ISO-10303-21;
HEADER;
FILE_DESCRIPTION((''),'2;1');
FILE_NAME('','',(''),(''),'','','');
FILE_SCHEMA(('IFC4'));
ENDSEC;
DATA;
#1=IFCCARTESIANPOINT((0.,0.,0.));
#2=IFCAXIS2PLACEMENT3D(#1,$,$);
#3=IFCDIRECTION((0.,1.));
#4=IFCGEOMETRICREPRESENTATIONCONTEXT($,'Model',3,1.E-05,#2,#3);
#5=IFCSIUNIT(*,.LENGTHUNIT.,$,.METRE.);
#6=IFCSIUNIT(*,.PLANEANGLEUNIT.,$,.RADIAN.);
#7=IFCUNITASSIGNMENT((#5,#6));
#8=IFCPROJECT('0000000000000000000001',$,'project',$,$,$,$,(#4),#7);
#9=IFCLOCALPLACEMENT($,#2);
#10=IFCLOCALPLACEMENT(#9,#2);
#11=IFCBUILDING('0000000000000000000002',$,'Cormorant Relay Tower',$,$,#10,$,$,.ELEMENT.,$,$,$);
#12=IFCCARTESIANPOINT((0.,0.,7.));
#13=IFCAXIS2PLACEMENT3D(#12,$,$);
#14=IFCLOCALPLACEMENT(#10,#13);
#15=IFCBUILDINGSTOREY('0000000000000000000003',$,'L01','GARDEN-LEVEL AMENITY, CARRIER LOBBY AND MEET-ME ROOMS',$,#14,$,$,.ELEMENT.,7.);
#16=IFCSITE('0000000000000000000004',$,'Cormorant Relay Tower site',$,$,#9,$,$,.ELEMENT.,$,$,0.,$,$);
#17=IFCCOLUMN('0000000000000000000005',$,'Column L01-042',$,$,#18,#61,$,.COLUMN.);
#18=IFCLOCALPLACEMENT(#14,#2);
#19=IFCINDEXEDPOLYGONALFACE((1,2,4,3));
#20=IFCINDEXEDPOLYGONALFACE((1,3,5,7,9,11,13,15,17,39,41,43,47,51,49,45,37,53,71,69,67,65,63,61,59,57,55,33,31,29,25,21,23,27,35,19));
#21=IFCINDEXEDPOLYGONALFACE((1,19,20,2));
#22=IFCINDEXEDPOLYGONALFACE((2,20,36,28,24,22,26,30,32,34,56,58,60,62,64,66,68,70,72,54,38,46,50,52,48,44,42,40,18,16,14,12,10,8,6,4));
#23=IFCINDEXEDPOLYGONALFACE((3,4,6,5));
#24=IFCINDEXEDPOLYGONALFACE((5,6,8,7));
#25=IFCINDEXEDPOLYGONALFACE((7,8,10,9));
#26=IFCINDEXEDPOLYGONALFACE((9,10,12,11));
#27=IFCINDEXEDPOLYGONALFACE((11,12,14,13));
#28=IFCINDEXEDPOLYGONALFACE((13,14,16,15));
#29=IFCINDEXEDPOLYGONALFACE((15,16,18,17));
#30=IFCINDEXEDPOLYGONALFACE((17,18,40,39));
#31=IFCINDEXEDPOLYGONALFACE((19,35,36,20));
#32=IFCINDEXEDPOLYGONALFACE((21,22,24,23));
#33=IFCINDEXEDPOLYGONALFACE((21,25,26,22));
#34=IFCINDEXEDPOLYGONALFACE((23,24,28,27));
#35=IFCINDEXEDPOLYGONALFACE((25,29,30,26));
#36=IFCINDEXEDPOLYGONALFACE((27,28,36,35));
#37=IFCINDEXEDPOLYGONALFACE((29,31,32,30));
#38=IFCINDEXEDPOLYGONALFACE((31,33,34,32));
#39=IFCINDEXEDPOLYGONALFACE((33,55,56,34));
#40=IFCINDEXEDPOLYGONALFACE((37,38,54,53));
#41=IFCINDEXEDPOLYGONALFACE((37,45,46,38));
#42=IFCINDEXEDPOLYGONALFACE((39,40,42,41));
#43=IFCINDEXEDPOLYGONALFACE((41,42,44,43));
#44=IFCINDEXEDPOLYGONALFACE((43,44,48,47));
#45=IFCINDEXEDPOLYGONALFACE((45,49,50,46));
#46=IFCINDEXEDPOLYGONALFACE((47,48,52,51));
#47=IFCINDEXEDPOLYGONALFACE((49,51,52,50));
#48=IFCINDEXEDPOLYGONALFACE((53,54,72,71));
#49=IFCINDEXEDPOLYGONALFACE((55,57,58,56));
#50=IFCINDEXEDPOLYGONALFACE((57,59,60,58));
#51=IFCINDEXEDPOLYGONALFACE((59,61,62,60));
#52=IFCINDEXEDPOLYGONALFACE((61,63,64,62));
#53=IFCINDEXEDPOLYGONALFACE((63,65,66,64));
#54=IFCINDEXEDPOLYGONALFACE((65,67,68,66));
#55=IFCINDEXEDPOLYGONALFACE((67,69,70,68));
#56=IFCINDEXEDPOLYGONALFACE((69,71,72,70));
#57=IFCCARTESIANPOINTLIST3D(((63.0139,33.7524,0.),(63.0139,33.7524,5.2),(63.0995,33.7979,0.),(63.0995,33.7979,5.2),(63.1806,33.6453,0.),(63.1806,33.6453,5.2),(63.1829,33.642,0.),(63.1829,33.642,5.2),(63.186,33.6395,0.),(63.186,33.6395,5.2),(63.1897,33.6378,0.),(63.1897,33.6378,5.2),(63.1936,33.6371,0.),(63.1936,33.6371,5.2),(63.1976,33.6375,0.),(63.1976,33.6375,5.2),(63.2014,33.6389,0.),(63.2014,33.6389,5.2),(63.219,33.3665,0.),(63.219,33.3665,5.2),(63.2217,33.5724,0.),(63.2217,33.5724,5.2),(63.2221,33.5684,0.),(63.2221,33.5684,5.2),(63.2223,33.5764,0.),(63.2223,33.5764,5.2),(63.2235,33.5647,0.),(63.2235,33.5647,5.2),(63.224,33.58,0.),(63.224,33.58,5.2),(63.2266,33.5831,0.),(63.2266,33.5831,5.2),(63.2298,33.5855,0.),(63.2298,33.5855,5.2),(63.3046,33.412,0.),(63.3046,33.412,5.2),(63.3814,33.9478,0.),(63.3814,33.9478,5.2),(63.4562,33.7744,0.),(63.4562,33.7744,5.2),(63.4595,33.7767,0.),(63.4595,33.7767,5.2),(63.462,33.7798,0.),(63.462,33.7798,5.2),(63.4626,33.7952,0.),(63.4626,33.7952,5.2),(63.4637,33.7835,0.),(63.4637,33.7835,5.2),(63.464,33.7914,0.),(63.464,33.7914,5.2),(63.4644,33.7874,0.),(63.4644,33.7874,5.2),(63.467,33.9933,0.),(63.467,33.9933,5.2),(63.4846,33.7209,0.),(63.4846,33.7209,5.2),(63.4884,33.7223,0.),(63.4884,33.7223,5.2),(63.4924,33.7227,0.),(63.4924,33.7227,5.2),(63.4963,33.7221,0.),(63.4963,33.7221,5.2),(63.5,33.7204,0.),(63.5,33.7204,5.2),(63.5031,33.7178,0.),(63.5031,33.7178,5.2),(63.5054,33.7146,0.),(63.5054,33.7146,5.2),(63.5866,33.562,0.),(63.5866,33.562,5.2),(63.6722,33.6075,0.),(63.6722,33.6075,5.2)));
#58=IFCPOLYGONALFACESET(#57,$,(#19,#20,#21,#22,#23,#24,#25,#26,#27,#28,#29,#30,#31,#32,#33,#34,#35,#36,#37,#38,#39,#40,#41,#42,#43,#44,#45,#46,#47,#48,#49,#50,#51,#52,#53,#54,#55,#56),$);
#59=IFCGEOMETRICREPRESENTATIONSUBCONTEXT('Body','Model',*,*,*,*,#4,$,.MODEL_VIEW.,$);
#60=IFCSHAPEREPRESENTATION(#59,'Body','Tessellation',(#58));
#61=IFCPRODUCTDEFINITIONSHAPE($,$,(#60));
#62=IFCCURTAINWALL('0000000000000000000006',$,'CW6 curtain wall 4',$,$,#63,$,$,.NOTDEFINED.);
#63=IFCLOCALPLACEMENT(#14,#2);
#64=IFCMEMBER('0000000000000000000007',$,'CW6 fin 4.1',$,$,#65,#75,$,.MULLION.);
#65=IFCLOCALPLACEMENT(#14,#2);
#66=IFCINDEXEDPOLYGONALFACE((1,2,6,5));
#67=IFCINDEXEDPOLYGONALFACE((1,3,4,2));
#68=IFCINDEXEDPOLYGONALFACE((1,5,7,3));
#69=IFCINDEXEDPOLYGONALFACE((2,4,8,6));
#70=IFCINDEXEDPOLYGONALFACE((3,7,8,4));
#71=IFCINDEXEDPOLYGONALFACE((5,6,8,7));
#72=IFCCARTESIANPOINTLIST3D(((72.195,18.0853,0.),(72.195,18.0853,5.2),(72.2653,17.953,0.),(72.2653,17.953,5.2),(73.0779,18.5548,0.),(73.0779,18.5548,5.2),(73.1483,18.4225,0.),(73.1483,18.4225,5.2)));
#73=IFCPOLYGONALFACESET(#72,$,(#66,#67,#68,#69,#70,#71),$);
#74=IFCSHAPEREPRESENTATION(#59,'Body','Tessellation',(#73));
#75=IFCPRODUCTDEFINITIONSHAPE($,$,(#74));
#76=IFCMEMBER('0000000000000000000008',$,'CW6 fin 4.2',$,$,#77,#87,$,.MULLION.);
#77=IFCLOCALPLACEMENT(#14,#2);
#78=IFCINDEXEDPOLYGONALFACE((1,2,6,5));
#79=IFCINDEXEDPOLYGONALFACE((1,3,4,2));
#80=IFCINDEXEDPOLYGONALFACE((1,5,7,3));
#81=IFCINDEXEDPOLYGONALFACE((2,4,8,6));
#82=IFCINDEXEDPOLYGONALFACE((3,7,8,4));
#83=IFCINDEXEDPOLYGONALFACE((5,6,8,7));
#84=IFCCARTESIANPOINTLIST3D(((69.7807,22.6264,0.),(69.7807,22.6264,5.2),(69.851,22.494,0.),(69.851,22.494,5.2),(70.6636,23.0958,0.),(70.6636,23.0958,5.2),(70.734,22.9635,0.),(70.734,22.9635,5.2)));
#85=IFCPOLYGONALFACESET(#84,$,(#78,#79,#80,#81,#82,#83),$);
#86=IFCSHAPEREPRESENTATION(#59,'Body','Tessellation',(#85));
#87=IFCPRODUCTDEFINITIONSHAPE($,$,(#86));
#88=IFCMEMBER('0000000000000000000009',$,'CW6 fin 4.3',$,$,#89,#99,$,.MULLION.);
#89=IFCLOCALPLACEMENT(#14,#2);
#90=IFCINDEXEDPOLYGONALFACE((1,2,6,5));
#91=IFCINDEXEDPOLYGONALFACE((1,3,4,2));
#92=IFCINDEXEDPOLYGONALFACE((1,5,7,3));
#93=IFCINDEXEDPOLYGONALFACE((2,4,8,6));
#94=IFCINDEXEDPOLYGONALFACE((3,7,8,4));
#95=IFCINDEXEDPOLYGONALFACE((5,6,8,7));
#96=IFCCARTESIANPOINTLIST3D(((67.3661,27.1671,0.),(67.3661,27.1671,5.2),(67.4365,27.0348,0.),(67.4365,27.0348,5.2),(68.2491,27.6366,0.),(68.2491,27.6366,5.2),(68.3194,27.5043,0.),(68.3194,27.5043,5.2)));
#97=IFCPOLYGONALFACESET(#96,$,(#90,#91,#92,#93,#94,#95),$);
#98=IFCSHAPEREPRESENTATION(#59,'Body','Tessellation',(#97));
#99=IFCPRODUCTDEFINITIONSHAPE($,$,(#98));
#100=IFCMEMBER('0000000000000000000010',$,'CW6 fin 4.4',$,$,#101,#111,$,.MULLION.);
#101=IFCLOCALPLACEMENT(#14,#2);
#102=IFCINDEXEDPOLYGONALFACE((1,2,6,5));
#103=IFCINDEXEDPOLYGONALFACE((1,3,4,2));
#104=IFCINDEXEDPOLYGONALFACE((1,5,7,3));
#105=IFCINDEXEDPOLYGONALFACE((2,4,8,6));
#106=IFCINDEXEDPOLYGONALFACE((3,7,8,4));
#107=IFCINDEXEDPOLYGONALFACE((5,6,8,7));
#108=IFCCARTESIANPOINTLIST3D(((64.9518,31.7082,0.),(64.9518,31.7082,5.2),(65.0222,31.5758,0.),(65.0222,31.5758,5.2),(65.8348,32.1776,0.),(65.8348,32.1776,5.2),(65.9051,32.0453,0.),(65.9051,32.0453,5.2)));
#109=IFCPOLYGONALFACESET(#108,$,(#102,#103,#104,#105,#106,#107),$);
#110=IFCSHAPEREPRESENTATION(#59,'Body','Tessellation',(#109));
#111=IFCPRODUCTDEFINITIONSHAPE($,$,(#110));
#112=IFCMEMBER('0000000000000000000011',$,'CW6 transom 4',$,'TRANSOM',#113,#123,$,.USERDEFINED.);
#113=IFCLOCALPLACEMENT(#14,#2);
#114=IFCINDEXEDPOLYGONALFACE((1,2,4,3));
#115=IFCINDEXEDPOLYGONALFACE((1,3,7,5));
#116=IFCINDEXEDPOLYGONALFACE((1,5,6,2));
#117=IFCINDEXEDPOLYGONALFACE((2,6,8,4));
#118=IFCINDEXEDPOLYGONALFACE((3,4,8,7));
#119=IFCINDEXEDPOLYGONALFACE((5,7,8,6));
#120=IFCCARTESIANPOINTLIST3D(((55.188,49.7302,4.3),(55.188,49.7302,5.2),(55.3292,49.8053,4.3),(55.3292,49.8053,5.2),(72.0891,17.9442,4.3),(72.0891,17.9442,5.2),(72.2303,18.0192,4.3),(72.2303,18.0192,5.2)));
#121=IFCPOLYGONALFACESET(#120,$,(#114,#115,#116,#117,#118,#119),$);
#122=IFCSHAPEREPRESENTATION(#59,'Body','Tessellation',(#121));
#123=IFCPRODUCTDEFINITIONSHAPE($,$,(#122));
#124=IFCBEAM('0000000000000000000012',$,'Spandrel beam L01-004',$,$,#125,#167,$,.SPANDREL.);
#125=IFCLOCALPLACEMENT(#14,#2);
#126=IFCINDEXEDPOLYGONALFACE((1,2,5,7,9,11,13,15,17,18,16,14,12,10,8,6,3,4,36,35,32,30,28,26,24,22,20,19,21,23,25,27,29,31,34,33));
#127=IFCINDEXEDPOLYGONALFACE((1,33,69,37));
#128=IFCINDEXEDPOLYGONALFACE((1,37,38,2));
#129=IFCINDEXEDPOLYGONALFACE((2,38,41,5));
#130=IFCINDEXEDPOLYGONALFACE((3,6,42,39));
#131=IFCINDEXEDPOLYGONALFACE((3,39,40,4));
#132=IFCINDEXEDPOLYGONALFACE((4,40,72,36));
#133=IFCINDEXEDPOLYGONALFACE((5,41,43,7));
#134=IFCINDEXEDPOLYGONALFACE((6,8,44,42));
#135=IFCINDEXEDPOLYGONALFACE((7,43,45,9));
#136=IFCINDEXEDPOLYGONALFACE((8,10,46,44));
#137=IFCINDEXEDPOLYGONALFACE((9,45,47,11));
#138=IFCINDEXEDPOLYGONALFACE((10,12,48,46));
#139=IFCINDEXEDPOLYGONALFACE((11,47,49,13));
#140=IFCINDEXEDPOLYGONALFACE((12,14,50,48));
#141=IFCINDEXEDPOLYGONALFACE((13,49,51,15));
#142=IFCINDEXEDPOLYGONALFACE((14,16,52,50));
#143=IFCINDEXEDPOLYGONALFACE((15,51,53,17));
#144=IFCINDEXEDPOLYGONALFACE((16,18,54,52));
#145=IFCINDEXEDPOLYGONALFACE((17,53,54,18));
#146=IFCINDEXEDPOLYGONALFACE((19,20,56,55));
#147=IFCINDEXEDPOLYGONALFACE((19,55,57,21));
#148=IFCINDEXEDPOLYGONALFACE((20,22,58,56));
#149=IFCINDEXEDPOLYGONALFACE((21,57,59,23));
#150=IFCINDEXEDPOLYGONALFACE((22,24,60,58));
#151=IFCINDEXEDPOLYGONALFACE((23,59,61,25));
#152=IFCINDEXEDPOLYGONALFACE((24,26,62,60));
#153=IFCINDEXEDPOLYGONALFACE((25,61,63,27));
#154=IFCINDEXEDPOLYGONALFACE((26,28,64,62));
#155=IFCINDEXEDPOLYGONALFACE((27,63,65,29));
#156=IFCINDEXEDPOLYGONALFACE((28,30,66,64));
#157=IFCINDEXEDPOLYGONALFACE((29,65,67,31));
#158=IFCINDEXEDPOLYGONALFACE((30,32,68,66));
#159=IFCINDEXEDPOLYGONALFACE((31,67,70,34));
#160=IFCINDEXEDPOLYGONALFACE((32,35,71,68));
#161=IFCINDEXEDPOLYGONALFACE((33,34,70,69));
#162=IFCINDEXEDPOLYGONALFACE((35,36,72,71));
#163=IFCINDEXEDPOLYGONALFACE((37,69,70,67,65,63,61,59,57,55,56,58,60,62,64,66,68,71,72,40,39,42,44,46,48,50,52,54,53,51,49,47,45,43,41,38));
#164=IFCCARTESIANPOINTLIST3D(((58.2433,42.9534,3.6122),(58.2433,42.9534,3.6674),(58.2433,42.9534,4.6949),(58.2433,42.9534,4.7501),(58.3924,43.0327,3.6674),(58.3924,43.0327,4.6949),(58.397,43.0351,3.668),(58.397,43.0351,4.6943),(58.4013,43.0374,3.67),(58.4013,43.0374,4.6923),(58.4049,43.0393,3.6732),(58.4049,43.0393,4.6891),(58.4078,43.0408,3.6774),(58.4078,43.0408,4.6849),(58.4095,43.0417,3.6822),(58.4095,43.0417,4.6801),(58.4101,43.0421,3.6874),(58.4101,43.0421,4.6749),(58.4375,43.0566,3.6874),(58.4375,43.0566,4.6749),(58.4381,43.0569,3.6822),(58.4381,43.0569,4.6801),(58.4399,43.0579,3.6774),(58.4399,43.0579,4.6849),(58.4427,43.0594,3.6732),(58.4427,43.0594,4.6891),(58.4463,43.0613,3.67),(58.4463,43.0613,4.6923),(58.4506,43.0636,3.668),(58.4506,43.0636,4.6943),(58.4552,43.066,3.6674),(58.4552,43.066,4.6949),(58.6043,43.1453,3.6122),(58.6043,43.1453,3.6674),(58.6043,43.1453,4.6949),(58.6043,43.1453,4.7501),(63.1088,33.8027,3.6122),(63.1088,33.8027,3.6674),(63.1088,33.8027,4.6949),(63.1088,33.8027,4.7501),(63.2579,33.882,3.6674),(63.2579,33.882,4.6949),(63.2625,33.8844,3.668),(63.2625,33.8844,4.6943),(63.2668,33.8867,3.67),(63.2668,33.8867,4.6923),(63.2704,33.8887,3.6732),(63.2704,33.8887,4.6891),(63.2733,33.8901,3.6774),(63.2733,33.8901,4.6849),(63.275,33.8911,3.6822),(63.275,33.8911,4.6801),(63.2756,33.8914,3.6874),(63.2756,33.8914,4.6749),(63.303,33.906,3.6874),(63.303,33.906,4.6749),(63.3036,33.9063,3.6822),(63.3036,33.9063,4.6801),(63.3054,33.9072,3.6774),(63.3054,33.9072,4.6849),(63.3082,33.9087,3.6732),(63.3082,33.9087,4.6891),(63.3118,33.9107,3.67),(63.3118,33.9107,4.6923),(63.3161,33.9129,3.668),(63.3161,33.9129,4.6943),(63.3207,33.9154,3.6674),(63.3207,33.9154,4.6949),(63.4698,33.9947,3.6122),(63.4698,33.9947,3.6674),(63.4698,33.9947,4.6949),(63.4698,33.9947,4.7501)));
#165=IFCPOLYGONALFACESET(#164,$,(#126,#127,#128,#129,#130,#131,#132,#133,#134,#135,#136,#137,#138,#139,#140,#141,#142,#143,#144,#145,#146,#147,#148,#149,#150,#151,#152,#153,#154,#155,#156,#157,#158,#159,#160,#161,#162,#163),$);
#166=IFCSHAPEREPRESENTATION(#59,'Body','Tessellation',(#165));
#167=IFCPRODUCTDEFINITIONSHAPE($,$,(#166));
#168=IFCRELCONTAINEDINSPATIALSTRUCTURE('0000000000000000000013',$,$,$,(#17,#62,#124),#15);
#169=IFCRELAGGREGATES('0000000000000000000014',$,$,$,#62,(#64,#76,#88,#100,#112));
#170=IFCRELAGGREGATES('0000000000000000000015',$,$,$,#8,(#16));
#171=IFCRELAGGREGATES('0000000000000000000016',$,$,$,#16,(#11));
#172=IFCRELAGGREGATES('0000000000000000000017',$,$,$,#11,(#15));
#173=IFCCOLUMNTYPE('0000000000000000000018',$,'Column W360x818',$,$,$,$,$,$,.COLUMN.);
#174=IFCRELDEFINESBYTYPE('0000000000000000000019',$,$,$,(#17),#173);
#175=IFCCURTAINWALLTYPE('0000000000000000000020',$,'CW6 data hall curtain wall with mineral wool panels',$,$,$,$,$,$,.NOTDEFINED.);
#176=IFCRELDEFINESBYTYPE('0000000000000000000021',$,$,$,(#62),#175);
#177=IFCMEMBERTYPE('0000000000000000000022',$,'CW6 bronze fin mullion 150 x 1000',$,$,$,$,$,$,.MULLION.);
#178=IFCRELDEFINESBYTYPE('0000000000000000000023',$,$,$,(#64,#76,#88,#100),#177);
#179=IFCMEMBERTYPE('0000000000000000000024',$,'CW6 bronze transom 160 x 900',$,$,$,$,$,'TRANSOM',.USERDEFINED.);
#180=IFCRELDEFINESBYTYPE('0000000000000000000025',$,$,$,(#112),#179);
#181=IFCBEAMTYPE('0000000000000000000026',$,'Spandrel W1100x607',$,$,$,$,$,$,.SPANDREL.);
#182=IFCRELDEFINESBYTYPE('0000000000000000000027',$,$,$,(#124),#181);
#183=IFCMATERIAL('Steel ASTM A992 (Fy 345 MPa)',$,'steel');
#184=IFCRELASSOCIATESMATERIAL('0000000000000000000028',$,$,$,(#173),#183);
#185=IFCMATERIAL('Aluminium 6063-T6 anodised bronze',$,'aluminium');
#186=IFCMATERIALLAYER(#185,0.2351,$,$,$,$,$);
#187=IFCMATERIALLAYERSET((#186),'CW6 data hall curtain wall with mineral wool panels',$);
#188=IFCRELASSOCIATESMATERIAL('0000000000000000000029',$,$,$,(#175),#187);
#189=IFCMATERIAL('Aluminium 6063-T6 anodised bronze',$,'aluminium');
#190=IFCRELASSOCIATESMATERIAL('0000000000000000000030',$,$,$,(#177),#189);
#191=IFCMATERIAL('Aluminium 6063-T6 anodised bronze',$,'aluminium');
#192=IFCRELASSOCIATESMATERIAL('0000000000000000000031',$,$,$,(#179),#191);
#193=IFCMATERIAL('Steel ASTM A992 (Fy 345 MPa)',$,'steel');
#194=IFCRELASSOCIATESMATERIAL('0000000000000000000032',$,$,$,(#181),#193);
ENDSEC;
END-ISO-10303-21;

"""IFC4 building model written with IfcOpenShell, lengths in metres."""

from ifc_helpers import new_model, si_unit, direction, frame, origin, origin_2d, place, context, subcontext, project, spatial, rectangle, i_section, extrude, material, layer, layer_set, material_profile, profile_set, type_object, element, aggregate, save


model = new_model("IFC4")

# Units and contexts
model_context = context("Model", 3, precision=1e-05, world=origin(), true_north=direction((0.0, 1.0)))
body_context = subcontext(model_context, "Body", "Model", "MODEL_VIEW")
ifc_project = project(units=[si_unit("LENGTHUNIT", "METRE"), si_unit("PLANEANGLEUNIT", "RADIAN")], contexts=[model_context])

# Site, building, storey
site_placement = place(None, origin())
site = spatial("IfcSite", under=ifc_project, at=site_placement, Name="Cormorant Relay Tower site", CompositionType="ELEMENT", RefElevation=0.0)
building_placement = place(site_placement, origin())
building = spatial("IfcBuilding", under=site, at=building_placement, Name="Cormorant Relay Tower", CompositionType="ELEMENT")
storey_placement = place(building_placement, frame((0.0, 0.0, 7.0)))
storey = spatial("IfcBuildingStorey", under=building, at=storey_placement, Name="L01", Description="GARDEN-LEVEL AMENITY, CARRIER LOBBY AND MEET-ME ROOMS", CompositionType="ELEMENT", Elevation=7.0)

# Column
ifc_material_1 = material(Name="Steel ASTM A992 (Fy 345 MPa)", Category="steel")
ifc_material_profile_1 = material_profile(ifc_material_1, i_section(OverallWidth=0.437, OverallDepth=0.5132, WebThickness=0.0605, FlangeThickness=0.0969, FilletRadius=0.0154, at=origin_2d()), Name="W360x818")
ifc_profile_set_1 = profile_set([ifc_material_profile_1], Name="Steel ASTM A992 (Fy 345 MPa)")
column_type_1 = type_object("IfcColumnType", Name="Column W360x818", PredefinedType="COLUMN", material=ifc_profile_set_1)
for number, where, z_axis, x_axis, name in (
    (1, (63.343, 33.6799, 0.0), (0.0, 0.0, 1.0), (-0.469472, 0.882948, 0.0), "Column L01-042"),
):
    element("IfcColumn", number, at=place(storey_placement, frame(where, z_axis=z_axis, x_axis=x_axis)), inside=storey, type_object=column_type_1, Name=name, PredefinedType="COLUMN", context=body_context, shape_type="SweptSolid", body=[
        extrude(i_section(OverallWidth=0.437, OverallDepth=0.5132, WebThickness=0.0605, FlangeThickness=0.0969, FilletRadius=0.0154, at=origin_2d()), origin(), (0.0, 0.0, 1.0), 5.2),
    ])

# Curtain wall, members
ifc_material_2 = material(Name="Aluminium 6063-T6 anodised bronze", Category="aluminium")
ifc_layer_1 = layer(ifc_material_2, 0.2351)
ifc_layer_set_1 = layer_set([ifc_layer_1], Name="CW6 data hall curtain wall with mineral wool panels")
curtain_wall_type = type_object("IfcCurtainWallType", Name="CW6 data hall curtain wall with mineral wool panels", PredefinedType="NOTDEFINED", material=ifc_layer_set_1)
curtain_wall_1_placement = place(storey_placement, origin())
curtain_wall_1 = element("IfcCurtainWall", 2, at=curtain_wall_1_placement, inside=storey, type_object=curtain_wall_type, Name="CW6 curtain wall 4", PredefinedType="NOTDEFINED")
ifc_material_3 = material(Name="Aluminium 6063-T6 anodised bronze", Category="aluminium")
ifc_material_profile_2 = material_profile(ifc_material_3, rectangle(XDim=0.1499, YDim=1.0, at=origin_2d()), Name="AL 150x1000")
ifc_profile_set_2 = profile_set([ifc_material_profile_2], Name="Aluminium 6063-T6 anodised bronze")
member_type_1 = type_object("IfcMemberType", Name="CW6 bronze fin mullion 150 x 1000", PredefinedType="MULLION", material=ifc_profile_set_2)
member_1_placement = place(storey_placement, frame((72.6716, 18.2539, 0.0), z_axis=(0.0, 0.0, 1.0), x_axis=(-0.469472, 0.882948, 0.0)))
member_1 = element("IfcMember", 3, at=member_1_placement, type_object=member_type_1, Name="CW6 fin 4.1", PredefinedType="MULLION", context=body_context, shape_type="SweptSolid", body=[
    extrude(rectangle(XDim=0.1499, YDim=1.0, at=origin_2d()), origin(), (0.0, 0.0, 1.0), 5.2),
])
member_2_placement = place(storey_placement, frame((70.2573, 22.7949, 0.0), z_axis=(0.0, 0.0, 1.0), x_axis=(-0.469472, 0.882948, 0.0)))
member_2 = element("IfcMember", 4, at=member_2_placement, type_object=member_type_1, Name="CW6 fin 4.2", PredefinedType="MULLION", context=body_context, shape_type="SweptSolid", body=[
    extrude(rectangle(XDim=0.1499, YDim=1.0, at=origin_2d()), origin(), (0.0, 0.0, 1.0), 5.2),
])
member_3_placement = place(storey_placement, frame((67.8428, 27.3357, 0.0), z_axis=(0.0, 0.0, 1.0), x_axis=(-0.469472, 0.882948, 0.0)))
member_3 = element("IfcMember", 5, at=member_3_placement, type_object=member_type_1, Name="CW6 fin 4.3", PredefinedType="MULLION", context=body_context, shape_type="SweptSolid", body=[
    extrude(rectangle(XDim=0.1499, YDim=1.0, at=origin_2d()), origin(), (0.0, 0.0, 1.0), 5.2),
])
member_4_placement = place(storey_placement, frame((65.4285, 31.8767, 0.0), z_axis=(0.0, 0.0, 1.0), x_axis=(-0.469472, 0.882948, 0.0)))
member_4 = element("IfcMember", 6, at=member_4_placement, type_object=member_type_1, Name="CW6 fin 4.4", PredefinedType="MULLION", context=body_context, shape_type="SweptSolid", body=[
    extrude(rectangle(XDim=0.1499, YDim=1.0, at=origin_2d()), origin(), (0.0, 0.0, 1.0), 5.2),
])
ifc_material_4 = material(Name="Aluminium 6063-T6 anodised bronze", Category="aluminium")
ifc_material_profile_3 = material_profile(ifc_material_4, rectangle(XDim=0.1599, YDim=0.8999, at=origin_2d()), Name="AL 160x900")
ifc_profile_set_3 = profile_set([ifc_material_profile_3], Name="Aluminium 6063-T6 anodised bronze")
member_type_2 = type_object("IfcMemberType", Name="CW6 bronze transom 160 x 900", ElementType="TRANSOM", PredefinedType="USERDEFINED", material=ifc_profile_set_3)
member_5_placement = place(storey_placement, frame((72.1597, 17.9817, 4.75), z_axis=(-0.469475, 0.882946, 0.0), x_axis=(-0.882946, -0.469475, 0.0)))
member_5 = element("IfcMember", 7, at=member_5_placement, type_object=member_type_2, Name="CW6 transom 4", ObjectType="TRANSOM", PredefinedType="USERDEFINED", context=body_context, shape_type="SweptSolid", body=[
    extrude(rectangle(XDim=0.1599, YDim=0.8999, at=origin_2d()), origin(), (0.0, 0.0, 1.0), 36.0),
])

# Beam
ifc_material_5 = material(Name="Steel ASTM A992 (Fy 345 MPa)", Category="steel")
ifc_material_profile_4 = material_profile(ifc_material_5, i_section(OverallWidth=0.4089, OverallDepth=1.1379, WebThickness=0.031, FlangeThickness=0.0552, FilletRadius=0.02, at=origin_2d()), Name="W1100x607")
ifc_profile_set_4 = profile_set([ifc_material_profile_4], Name="Steel ASTM A992 (Fy 345 MPa)")
beam_type = type_object("IfcBeamType", Name="Spandrel W1100x607", PredefinedType="SPANDREL", material=ifc_profile_set_4)
beam_placement = place(storey_placement, frame((63.2893, 33.8987, 4.1812), z_axis=(-0.469472, 0.882948, 0.0), x_axis=(-0.882948, -0.469472, 0.0)))
element("IfcBeam", 8, at=beam_placement, inside=storey, type_object=beam_type, Name="Spandrel beam L01-004", PredefinedType="SPANDREL", context=body_context, shape_type="SweptSolid", body=[
    extrude(i_section(OverallWidth=0.4089, OverallDepth=1.1379, WebThickness=0.031, FlangeThickness=0.0552, FilletRadius=0.02, at=origin_2d()), origin(), (0.0, 0.0, 1.0), 10.3638),
])

aggregate(curtain_wall_1, [member_1, member_2, member_3, member_4, member_5])

save(model, "model.ifc")
